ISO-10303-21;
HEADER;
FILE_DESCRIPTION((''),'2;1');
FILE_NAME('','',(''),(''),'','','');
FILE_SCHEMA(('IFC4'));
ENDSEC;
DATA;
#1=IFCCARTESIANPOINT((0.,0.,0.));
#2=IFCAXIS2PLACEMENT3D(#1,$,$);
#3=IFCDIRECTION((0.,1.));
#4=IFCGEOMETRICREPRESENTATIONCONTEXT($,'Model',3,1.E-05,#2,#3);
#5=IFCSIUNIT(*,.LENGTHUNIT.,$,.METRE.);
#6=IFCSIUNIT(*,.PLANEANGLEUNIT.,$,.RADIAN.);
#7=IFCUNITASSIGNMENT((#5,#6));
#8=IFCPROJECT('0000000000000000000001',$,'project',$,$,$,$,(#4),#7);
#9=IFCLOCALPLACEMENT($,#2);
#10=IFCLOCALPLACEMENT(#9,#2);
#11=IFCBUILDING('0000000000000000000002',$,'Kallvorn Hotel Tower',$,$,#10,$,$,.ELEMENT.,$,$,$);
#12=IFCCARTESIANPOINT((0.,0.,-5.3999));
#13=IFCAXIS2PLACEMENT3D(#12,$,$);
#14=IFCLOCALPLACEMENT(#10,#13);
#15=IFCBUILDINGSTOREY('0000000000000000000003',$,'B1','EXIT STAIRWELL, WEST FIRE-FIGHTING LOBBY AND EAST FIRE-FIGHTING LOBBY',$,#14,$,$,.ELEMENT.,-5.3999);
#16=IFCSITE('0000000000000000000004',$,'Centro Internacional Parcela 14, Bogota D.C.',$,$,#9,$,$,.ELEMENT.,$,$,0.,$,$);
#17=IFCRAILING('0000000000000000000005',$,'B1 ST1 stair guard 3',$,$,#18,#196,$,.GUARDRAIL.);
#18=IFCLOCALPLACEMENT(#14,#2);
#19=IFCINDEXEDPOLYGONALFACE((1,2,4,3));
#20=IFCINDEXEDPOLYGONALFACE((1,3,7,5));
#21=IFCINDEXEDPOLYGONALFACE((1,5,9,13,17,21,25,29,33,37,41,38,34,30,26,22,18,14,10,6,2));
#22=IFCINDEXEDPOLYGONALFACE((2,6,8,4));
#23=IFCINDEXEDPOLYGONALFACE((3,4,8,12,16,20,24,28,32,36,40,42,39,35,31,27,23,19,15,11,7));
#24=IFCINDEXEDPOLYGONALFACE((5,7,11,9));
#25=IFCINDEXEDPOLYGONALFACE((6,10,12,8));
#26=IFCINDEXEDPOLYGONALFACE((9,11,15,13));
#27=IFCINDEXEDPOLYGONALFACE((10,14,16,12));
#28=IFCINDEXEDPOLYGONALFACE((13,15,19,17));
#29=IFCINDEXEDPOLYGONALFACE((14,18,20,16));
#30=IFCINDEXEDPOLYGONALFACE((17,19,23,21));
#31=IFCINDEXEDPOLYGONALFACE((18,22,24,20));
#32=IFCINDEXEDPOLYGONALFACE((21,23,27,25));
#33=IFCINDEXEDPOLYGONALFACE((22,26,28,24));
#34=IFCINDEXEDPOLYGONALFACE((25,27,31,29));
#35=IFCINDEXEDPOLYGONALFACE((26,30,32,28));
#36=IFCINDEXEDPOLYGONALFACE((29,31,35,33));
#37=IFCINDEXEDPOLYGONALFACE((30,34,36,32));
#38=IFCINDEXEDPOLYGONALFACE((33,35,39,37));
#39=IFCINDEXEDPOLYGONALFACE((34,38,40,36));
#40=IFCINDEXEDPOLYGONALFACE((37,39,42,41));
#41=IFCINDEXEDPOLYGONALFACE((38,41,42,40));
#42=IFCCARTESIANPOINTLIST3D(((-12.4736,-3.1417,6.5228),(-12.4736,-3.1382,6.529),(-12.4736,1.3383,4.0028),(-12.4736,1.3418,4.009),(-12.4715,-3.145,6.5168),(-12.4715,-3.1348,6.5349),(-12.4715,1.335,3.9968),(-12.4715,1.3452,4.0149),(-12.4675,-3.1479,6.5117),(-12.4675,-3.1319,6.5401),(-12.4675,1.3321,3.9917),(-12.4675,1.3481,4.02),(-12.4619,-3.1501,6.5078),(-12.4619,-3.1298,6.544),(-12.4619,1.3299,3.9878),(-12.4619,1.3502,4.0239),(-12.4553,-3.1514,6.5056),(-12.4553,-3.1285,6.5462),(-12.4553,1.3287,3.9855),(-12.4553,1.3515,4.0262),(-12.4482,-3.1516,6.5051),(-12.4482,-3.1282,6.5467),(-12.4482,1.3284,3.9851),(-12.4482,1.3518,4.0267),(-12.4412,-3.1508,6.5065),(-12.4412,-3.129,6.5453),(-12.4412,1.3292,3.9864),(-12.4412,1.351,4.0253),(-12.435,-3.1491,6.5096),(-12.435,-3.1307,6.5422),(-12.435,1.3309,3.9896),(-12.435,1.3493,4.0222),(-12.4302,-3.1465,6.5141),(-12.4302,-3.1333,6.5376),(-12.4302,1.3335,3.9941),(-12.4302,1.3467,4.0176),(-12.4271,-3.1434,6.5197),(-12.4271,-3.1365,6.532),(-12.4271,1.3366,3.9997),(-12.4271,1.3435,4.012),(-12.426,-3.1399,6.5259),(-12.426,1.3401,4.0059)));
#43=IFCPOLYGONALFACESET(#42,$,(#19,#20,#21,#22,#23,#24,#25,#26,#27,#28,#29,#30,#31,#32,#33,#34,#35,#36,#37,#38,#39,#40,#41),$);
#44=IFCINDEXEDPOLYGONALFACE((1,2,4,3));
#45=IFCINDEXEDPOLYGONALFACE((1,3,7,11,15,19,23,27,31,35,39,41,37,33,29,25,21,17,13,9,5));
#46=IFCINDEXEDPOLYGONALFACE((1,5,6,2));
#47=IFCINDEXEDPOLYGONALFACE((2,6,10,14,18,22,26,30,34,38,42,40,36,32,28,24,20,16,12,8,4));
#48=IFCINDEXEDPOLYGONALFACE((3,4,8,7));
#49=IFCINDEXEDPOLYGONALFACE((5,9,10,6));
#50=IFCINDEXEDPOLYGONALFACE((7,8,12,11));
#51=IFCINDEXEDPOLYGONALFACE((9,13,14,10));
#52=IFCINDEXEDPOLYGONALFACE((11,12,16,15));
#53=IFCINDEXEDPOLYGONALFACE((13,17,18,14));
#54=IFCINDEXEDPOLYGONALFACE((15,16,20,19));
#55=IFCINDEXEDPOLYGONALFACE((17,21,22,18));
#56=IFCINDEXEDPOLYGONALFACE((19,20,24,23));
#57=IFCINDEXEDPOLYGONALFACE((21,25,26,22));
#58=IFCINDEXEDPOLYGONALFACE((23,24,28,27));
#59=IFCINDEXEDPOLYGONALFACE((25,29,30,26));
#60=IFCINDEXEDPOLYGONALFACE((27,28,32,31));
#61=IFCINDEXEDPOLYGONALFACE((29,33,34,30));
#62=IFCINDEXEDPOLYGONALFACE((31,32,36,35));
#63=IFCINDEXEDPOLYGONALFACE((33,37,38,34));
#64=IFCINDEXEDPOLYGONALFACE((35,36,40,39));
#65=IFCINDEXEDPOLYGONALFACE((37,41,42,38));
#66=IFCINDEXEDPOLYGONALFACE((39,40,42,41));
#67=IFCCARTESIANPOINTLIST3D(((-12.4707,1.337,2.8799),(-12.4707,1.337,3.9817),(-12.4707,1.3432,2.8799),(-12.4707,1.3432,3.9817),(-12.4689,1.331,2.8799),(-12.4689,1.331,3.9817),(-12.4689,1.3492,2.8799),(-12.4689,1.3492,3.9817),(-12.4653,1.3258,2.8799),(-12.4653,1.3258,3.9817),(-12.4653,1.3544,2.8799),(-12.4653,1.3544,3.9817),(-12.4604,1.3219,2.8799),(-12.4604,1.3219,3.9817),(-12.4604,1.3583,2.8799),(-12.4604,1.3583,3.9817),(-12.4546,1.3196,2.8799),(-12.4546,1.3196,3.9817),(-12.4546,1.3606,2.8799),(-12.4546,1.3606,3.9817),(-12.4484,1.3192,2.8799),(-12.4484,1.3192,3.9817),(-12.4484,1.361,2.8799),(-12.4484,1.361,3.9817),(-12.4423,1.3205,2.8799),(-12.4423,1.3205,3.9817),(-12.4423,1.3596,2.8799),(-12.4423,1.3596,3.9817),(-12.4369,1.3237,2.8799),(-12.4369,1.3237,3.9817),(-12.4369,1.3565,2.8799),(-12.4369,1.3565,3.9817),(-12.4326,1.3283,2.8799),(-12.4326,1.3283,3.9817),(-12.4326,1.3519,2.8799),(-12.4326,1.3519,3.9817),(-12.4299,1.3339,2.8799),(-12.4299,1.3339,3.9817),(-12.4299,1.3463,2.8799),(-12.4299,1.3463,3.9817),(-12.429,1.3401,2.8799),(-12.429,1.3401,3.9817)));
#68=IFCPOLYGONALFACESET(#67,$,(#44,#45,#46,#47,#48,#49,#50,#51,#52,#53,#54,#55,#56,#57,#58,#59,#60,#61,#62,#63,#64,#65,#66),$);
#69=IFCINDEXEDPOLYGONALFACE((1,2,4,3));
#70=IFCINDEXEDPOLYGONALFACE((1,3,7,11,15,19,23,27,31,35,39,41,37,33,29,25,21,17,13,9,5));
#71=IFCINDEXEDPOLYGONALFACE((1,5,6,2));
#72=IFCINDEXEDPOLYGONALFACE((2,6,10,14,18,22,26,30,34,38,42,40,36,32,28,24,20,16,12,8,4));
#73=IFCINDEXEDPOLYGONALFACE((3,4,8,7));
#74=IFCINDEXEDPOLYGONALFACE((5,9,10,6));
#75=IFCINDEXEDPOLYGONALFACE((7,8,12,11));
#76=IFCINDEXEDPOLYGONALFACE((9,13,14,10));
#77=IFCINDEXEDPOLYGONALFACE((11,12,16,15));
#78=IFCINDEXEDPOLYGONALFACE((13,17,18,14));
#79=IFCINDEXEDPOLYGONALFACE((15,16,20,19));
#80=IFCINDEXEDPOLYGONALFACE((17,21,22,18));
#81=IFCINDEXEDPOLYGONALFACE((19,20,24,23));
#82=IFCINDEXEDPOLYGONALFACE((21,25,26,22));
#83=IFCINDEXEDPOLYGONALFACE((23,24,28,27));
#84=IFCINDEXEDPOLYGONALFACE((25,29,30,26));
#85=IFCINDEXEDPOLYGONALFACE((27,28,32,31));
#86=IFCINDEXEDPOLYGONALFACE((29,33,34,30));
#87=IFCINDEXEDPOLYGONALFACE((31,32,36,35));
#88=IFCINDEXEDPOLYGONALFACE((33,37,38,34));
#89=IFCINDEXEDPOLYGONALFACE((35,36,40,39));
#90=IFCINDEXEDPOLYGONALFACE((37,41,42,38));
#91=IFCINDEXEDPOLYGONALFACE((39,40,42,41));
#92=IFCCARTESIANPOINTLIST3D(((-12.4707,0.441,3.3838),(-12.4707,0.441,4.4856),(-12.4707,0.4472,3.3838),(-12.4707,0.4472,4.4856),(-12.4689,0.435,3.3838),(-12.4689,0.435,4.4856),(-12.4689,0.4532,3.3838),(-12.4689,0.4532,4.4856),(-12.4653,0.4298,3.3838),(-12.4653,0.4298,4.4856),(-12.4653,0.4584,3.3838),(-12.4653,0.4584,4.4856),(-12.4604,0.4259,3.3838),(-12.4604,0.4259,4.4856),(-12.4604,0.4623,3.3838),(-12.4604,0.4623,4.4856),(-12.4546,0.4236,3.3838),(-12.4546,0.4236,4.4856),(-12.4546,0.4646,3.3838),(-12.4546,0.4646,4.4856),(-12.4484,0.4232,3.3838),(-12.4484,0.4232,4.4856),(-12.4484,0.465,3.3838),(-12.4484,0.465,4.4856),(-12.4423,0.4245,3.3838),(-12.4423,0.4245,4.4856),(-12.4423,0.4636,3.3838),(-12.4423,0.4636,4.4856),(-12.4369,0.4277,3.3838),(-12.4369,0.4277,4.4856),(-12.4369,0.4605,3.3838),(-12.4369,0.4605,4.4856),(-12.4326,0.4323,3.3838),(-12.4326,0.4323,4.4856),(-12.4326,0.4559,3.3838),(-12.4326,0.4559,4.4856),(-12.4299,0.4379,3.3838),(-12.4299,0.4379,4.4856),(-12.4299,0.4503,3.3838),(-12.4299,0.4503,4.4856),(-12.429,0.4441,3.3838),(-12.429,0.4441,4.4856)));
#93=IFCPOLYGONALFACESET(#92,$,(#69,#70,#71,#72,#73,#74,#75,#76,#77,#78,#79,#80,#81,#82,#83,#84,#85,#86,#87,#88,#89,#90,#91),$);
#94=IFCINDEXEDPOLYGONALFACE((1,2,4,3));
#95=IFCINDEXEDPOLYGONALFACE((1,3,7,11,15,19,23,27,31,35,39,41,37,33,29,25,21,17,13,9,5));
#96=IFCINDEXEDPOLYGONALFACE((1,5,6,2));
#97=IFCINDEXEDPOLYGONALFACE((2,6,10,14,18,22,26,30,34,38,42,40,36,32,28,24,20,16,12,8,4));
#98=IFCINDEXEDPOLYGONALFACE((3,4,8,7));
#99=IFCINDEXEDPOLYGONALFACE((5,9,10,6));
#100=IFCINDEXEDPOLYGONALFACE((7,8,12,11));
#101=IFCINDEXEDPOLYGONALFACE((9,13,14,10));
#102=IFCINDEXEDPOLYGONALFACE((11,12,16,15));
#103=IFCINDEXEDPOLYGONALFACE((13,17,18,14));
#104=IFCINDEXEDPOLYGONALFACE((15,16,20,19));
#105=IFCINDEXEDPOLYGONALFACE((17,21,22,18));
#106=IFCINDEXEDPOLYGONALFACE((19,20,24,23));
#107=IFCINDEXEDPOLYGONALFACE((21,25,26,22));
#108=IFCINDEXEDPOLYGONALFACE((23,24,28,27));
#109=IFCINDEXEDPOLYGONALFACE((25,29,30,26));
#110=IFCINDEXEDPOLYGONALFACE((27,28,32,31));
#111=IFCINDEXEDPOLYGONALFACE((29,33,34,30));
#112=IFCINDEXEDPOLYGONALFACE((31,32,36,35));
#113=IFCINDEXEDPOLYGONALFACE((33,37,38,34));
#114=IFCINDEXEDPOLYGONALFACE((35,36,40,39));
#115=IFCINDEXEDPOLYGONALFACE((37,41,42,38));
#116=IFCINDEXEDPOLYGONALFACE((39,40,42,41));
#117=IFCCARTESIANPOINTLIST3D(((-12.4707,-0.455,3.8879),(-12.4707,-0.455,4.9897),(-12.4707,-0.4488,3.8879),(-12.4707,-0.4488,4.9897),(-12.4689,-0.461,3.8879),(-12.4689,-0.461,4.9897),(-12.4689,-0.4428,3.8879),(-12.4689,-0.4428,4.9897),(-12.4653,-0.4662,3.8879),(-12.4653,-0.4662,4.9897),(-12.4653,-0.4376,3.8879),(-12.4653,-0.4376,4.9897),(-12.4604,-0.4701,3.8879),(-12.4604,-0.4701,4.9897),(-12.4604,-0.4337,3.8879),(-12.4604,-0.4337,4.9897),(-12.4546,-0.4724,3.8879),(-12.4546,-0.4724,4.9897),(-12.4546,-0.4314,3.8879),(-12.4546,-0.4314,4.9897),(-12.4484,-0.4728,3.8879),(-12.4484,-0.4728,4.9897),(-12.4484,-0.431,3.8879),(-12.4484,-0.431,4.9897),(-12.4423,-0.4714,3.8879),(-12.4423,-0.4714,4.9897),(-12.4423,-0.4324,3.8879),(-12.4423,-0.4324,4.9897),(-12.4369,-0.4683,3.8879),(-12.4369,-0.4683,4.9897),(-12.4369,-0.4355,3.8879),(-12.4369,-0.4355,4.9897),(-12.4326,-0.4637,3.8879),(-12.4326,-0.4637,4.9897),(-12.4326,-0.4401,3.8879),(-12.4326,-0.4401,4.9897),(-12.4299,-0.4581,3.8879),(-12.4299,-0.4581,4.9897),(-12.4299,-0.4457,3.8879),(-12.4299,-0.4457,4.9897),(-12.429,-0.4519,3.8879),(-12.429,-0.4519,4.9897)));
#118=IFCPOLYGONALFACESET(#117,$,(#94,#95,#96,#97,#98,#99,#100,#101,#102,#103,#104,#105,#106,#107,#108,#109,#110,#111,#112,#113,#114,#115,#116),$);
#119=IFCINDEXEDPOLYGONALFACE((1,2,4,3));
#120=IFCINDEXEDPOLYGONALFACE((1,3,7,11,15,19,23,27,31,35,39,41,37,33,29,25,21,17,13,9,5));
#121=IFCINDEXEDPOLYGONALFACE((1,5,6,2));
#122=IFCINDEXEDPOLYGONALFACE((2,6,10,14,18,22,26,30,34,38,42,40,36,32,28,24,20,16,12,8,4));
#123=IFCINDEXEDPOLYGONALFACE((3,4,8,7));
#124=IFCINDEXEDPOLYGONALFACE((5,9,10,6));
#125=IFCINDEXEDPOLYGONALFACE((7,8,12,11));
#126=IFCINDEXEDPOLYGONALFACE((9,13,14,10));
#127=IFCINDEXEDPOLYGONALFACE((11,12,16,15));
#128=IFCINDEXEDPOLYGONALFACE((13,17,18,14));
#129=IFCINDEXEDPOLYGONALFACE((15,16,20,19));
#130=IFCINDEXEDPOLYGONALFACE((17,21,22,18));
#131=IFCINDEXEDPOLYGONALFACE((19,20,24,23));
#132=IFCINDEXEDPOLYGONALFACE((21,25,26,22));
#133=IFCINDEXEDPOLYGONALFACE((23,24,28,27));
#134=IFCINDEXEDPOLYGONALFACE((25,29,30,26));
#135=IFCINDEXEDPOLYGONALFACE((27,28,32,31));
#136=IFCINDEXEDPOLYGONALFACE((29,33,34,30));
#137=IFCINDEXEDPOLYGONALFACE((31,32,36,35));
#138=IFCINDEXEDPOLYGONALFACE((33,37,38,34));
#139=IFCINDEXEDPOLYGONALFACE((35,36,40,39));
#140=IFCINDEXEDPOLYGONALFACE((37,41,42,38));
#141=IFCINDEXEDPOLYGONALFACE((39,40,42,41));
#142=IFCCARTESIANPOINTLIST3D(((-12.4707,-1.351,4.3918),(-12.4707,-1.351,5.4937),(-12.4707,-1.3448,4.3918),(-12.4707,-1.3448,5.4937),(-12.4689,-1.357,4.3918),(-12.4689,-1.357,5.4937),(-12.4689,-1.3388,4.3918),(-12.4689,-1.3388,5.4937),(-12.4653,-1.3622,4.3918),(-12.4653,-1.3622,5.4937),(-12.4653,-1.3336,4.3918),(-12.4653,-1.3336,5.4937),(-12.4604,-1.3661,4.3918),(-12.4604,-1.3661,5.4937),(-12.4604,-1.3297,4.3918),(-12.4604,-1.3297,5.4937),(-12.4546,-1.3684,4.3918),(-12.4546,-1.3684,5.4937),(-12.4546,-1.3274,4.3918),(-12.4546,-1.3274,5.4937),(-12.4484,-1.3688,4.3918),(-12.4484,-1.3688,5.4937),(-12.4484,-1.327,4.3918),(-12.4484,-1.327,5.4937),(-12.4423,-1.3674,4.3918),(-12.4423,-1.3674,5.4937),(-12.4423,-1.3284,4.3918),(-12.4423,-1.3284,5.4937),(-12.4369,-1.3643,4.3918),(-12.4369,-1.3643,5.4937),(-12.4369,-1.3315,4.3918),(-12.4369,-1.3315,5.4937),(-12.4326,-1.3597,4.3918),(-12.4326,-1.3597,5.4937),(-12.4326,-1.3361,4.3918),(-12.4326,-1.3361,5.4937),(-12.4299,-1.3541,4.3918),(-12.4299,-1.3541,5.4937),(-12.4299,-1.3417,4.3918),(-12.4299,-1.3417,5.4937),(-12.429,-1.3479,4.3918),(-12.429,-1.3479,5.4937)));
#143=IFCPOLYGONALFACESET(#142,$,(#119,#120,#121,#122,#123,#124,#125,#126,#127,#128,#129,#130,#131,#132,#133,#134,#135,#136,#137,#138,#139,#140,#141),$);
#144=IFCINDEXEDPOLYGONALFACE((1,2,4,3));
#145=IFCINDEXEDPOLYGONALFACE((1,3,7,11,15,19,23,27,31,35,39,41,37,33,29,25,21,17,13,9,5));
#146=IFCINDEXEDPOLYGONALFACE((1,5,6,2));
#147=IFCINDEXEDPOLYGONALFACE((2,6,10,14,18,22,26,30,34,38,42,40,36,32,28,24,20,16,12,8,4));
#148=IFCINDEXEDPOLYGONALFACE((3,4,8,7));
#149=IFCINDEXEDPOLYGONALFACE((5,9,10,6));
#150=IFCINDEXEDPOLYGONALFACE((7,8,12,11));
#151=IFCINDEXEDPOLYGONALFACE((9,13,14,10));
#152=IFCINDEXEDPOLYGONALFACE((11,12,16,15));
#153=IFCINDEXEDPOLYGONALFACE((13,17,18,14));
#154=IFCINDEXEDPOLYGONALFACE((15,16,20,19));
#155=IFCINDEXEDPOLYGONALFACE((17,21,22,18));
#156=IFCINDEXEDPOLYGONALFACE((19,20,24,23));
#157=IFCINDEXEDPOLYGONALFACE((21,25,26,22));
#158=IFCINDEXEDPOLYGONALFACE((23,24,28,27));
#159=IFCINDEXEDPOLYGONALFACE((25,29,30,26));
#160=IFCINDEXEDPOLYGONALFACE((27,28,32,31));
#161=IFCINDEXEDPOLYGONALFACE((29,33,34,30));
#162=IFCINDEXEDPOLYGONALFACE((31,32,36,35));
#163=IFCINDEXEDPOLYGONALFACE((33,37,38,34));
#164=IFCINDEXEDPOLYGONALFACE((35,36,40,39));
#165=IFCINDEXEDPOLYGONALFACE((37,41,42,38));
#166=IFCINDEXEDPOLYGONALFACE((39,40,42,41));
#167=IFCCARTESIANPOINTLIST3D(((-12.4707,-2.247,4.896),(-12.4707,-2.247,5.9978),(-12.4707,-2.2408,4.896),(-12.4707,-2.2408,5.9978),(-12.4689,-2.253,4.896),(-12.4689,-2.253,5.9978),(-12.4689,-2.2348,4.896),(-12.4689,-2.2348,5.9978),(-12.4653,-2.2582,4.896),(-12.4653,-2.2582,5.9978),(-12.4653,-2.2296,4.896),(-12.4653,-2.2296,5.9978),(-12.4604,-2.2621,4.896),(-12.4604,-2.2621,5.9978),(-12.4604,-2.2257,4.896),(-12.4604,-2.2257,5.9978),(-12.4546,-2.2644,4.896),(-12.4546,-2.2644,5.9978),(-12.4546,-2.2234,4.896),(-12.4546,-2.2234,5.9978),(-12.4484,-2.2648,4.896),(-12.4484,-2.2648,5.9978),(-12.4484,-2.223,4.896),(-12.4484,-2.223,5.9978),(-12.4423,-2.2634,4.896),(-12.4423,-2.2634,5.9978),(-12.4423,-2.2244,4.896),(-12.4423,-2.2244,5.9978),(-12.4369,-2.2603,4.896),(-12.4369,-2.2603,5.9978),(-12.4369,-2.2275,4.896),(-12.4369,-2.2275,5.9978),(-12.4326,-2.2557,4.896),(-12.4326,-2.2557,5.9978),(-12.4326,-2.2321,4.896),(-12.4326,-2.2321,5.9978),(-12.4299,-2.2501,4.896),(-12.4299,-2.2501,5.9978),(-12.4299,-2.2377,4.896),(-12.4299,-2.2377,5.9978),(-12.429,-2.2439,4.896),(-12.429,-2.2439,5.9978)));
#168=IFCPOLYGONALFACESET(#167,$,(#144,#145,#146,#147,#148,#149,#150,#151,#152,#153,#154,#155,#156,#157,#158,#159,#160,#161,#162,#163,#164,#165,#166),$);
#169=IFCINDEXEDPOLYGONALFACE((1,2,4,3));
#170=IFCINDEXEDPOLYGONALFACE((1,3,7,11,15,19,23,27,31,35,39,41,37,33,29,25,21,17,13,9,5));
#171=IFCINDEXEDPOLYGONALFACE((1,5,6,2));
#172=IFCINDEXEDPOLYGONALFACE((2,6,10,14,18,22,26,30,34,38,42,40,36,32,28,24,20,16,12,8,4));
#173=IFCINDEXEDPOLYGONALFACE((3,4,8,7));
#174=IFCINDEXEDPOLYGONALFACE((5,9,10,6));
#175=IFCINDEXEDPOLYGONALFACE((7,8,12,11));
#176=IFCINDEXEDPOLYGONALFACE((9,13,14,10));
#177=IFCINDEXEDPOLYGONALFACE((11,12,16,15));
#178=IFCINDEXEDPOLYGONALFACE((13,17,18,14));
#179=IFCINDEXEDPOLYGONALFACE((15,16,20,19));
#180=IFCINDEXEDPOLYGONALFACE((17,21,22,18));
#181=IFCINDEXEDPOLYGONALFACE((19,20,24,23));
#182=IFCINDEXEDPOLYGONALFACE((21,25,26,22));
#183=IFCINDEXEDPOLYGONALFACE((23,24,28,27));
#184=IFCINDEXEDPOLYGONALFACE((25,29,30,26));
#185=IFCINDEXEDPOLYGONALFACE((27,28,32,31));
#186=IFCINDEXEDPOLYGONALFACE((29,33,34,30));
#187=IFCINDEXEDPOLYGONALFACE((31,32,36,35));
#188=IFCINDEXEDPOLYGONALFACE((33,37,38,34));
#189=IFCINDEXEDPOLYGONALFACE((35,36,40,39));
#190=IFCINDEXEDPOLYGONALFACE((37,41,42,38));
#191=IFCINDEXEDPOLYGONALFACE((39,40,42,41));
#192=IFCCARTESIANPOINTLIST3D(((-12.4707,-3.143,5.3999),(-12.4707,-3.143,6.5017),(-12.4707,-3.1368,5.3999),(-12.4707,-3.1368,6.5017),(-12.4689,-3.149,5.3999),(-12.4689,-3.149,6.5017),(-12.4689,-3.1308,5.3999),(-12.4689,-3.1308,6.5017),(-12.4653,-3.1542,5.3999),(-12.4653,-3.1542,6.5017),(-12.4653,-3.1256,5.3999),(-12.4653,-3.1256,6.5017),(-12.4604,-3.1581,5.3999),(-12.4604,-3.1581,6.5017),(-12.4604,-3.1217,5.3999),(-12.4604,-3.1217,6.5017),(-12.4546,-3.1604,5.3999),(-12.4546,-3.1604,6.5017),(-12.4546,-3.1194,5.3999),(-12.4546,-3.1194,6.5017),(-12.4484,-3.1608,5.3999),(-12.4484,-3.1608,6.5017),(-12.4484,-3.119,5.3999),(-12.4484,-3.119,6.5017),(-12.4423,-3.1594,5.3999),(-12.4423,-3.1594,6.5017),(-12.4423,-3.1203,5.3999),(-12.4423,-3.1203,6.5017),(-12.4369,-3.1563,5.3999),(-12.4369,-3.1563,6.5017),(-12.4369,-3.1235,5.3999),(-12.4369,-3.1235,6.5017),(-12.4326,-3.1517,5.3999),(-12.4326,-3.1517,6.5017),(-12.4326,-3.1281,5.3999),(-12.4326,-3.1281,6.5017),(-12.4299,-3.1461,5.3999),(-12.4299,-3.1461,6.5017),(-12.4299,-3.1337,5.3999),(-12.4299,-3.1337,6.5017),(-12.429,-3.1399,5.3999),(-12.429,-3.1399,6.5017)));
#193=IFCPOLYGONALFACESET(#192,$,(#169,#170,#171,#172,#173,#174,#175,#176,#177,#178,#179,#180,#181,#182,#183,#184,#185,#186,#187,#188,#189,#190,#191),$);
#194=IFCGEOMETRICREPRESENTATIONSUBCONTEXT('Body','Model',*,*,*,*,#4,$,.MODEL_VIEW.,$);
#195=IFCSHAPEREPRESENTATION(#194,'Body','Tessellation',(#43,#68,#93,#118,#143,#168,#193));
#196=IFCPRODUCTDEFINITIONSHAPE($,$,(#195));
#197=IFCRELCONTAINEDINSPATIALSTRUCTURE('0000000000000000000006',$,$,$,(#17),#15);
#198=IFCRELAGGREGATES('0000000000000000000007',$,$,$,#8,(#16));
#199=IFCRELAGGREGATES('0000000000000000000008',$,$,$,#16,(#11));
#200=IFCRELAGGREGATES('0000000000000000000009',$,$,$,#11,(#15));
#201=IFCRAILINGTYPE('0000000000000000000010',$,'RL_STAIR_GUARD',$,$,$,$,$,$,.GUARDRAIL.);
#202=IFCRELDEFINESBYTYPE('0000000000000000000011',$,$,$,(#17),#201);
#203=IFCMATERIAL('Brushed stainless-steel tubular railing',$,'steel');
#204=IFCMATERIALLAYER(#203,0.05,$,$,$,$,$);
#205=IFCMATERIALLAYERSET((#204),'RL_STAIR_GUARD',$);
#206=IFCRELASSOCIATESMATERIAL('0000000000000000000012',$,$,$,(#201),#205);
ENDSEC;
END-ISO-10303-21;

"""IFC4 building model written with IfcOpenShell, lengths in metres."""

from ifc_helpers import new_model, si_unit, direction, frame, origin, origin_2d, place, context, subcontext, project, spatial, circle, extrude, material, layer, layer_set, type_object, element, save


model = new_model("IFC4")

# Units and contexts
model_context = context("Model", 3, precision=1e-05, world=origin(), true_north=direction((0.0, 1.0)))
body_context = subcontext(model_context, "Body", "Model", "MODEL_VIEW")
ifc_project = project(units=[si_unit("LENGTHUNIT", "METRE"), si_unit("PLANEANGLEUNIT", "RADIAN")], contexts=[model_context])

# Site, building, storey
site_placement = place(None, origin())
site = spatial("IfcSite", under=ifc_project, at=site_placement, Name="Centro Internacional Parcela 14, Bogota D.C.", CompositionType="ELEMENT", RefElevation=0.0)
building_placement = place(site_placement, origin())
building = spatial("IfcBuilding", under=site, at=building_placement, Name="Kallvorn Hotel Tower", CompositionType="ELEMENT")
storey_placement = place(building_placement, frame((0.0, 0.0, -5.3999)))
storey = spatial("IfcBuildingStorey", under=building, at=storey_placement, Name="B1", Description="EXIT STAIRWELL, WEST FIRE-FIGHTING LOBBY AND EAST FIRE-FIGHTING LOBBY", CompositionType="ELEMENT", Elevation=-5.3999)

# Railing
ifc_material_1 = material(Name="Brushed stainless-steel tubular railing", Category="steel")
ifc_layer_1 = layer(ifc_material_1, 0.05)
ifc_layer_set_1 = layer_set([ifc_layer_1], Name="RL_STAIR_GUARD")
railing_type_1 = type_object("IfcRailingType", Name="RL_STAIR_GUARD", PredefinedType="GUARDRAIL", material=ifc_layer_set_1)
railing_1_placement = place(storey_placement, frame((-12.45, 1.3401, 2.8799)))
element("IfcRailing", 1, at=railing_1_placement, inside=storey, type_object=railing_type_1, Name="B1 ST1 stair guard 3", PredefinedType="GUARDRAIL", context=body_context, shape_type="SweptSolid", body=[
    extrude(circle(Radius=0.0239, at=origin_2d()), frame((0.0, 0.0, 1.126), z_axis=(0.0, -0.871573, 0.490266), x_axis=(1.0, 0.0, 0.0)), (0.0, 0.0, 1.0), 5.1401),
    extrude(circle(Radius=0.021, at=origin_2d()), origin(), (0.0, 0.0, 1.0), 1.1018),
    extrude(circle(Radius=0.021, at=origin_2d()), frame((0.0, -0.896, 0.5039)), (0.0, 0.0, 1.0), 1.1018),
    extrude(circle(Radius=0.021, at=origin_2d()), frame((0.0, -1.792, 1.0081)), (0.0, 0.0, 1.0), 1.1018),
    extrude(circle(Radius=0.021, at=origin_2d()), frame((0.0, -2.688, 1.512)), (0.0, 0.0, 1.0), 1.1018),
    extrude(circle(Radius=0.021, at=origin_2d()), frame((0.0, -3.584, 2.0161)), (0.0, 0.0, 1.0), 1.1018),
    extrude(circle(Radius=0.021, at=origin_2d()), frame((0.0, -4.48, 2.52)), (0.0, 0.0, 1.0), 1.1018),
])

save(model, "model.ifc")
